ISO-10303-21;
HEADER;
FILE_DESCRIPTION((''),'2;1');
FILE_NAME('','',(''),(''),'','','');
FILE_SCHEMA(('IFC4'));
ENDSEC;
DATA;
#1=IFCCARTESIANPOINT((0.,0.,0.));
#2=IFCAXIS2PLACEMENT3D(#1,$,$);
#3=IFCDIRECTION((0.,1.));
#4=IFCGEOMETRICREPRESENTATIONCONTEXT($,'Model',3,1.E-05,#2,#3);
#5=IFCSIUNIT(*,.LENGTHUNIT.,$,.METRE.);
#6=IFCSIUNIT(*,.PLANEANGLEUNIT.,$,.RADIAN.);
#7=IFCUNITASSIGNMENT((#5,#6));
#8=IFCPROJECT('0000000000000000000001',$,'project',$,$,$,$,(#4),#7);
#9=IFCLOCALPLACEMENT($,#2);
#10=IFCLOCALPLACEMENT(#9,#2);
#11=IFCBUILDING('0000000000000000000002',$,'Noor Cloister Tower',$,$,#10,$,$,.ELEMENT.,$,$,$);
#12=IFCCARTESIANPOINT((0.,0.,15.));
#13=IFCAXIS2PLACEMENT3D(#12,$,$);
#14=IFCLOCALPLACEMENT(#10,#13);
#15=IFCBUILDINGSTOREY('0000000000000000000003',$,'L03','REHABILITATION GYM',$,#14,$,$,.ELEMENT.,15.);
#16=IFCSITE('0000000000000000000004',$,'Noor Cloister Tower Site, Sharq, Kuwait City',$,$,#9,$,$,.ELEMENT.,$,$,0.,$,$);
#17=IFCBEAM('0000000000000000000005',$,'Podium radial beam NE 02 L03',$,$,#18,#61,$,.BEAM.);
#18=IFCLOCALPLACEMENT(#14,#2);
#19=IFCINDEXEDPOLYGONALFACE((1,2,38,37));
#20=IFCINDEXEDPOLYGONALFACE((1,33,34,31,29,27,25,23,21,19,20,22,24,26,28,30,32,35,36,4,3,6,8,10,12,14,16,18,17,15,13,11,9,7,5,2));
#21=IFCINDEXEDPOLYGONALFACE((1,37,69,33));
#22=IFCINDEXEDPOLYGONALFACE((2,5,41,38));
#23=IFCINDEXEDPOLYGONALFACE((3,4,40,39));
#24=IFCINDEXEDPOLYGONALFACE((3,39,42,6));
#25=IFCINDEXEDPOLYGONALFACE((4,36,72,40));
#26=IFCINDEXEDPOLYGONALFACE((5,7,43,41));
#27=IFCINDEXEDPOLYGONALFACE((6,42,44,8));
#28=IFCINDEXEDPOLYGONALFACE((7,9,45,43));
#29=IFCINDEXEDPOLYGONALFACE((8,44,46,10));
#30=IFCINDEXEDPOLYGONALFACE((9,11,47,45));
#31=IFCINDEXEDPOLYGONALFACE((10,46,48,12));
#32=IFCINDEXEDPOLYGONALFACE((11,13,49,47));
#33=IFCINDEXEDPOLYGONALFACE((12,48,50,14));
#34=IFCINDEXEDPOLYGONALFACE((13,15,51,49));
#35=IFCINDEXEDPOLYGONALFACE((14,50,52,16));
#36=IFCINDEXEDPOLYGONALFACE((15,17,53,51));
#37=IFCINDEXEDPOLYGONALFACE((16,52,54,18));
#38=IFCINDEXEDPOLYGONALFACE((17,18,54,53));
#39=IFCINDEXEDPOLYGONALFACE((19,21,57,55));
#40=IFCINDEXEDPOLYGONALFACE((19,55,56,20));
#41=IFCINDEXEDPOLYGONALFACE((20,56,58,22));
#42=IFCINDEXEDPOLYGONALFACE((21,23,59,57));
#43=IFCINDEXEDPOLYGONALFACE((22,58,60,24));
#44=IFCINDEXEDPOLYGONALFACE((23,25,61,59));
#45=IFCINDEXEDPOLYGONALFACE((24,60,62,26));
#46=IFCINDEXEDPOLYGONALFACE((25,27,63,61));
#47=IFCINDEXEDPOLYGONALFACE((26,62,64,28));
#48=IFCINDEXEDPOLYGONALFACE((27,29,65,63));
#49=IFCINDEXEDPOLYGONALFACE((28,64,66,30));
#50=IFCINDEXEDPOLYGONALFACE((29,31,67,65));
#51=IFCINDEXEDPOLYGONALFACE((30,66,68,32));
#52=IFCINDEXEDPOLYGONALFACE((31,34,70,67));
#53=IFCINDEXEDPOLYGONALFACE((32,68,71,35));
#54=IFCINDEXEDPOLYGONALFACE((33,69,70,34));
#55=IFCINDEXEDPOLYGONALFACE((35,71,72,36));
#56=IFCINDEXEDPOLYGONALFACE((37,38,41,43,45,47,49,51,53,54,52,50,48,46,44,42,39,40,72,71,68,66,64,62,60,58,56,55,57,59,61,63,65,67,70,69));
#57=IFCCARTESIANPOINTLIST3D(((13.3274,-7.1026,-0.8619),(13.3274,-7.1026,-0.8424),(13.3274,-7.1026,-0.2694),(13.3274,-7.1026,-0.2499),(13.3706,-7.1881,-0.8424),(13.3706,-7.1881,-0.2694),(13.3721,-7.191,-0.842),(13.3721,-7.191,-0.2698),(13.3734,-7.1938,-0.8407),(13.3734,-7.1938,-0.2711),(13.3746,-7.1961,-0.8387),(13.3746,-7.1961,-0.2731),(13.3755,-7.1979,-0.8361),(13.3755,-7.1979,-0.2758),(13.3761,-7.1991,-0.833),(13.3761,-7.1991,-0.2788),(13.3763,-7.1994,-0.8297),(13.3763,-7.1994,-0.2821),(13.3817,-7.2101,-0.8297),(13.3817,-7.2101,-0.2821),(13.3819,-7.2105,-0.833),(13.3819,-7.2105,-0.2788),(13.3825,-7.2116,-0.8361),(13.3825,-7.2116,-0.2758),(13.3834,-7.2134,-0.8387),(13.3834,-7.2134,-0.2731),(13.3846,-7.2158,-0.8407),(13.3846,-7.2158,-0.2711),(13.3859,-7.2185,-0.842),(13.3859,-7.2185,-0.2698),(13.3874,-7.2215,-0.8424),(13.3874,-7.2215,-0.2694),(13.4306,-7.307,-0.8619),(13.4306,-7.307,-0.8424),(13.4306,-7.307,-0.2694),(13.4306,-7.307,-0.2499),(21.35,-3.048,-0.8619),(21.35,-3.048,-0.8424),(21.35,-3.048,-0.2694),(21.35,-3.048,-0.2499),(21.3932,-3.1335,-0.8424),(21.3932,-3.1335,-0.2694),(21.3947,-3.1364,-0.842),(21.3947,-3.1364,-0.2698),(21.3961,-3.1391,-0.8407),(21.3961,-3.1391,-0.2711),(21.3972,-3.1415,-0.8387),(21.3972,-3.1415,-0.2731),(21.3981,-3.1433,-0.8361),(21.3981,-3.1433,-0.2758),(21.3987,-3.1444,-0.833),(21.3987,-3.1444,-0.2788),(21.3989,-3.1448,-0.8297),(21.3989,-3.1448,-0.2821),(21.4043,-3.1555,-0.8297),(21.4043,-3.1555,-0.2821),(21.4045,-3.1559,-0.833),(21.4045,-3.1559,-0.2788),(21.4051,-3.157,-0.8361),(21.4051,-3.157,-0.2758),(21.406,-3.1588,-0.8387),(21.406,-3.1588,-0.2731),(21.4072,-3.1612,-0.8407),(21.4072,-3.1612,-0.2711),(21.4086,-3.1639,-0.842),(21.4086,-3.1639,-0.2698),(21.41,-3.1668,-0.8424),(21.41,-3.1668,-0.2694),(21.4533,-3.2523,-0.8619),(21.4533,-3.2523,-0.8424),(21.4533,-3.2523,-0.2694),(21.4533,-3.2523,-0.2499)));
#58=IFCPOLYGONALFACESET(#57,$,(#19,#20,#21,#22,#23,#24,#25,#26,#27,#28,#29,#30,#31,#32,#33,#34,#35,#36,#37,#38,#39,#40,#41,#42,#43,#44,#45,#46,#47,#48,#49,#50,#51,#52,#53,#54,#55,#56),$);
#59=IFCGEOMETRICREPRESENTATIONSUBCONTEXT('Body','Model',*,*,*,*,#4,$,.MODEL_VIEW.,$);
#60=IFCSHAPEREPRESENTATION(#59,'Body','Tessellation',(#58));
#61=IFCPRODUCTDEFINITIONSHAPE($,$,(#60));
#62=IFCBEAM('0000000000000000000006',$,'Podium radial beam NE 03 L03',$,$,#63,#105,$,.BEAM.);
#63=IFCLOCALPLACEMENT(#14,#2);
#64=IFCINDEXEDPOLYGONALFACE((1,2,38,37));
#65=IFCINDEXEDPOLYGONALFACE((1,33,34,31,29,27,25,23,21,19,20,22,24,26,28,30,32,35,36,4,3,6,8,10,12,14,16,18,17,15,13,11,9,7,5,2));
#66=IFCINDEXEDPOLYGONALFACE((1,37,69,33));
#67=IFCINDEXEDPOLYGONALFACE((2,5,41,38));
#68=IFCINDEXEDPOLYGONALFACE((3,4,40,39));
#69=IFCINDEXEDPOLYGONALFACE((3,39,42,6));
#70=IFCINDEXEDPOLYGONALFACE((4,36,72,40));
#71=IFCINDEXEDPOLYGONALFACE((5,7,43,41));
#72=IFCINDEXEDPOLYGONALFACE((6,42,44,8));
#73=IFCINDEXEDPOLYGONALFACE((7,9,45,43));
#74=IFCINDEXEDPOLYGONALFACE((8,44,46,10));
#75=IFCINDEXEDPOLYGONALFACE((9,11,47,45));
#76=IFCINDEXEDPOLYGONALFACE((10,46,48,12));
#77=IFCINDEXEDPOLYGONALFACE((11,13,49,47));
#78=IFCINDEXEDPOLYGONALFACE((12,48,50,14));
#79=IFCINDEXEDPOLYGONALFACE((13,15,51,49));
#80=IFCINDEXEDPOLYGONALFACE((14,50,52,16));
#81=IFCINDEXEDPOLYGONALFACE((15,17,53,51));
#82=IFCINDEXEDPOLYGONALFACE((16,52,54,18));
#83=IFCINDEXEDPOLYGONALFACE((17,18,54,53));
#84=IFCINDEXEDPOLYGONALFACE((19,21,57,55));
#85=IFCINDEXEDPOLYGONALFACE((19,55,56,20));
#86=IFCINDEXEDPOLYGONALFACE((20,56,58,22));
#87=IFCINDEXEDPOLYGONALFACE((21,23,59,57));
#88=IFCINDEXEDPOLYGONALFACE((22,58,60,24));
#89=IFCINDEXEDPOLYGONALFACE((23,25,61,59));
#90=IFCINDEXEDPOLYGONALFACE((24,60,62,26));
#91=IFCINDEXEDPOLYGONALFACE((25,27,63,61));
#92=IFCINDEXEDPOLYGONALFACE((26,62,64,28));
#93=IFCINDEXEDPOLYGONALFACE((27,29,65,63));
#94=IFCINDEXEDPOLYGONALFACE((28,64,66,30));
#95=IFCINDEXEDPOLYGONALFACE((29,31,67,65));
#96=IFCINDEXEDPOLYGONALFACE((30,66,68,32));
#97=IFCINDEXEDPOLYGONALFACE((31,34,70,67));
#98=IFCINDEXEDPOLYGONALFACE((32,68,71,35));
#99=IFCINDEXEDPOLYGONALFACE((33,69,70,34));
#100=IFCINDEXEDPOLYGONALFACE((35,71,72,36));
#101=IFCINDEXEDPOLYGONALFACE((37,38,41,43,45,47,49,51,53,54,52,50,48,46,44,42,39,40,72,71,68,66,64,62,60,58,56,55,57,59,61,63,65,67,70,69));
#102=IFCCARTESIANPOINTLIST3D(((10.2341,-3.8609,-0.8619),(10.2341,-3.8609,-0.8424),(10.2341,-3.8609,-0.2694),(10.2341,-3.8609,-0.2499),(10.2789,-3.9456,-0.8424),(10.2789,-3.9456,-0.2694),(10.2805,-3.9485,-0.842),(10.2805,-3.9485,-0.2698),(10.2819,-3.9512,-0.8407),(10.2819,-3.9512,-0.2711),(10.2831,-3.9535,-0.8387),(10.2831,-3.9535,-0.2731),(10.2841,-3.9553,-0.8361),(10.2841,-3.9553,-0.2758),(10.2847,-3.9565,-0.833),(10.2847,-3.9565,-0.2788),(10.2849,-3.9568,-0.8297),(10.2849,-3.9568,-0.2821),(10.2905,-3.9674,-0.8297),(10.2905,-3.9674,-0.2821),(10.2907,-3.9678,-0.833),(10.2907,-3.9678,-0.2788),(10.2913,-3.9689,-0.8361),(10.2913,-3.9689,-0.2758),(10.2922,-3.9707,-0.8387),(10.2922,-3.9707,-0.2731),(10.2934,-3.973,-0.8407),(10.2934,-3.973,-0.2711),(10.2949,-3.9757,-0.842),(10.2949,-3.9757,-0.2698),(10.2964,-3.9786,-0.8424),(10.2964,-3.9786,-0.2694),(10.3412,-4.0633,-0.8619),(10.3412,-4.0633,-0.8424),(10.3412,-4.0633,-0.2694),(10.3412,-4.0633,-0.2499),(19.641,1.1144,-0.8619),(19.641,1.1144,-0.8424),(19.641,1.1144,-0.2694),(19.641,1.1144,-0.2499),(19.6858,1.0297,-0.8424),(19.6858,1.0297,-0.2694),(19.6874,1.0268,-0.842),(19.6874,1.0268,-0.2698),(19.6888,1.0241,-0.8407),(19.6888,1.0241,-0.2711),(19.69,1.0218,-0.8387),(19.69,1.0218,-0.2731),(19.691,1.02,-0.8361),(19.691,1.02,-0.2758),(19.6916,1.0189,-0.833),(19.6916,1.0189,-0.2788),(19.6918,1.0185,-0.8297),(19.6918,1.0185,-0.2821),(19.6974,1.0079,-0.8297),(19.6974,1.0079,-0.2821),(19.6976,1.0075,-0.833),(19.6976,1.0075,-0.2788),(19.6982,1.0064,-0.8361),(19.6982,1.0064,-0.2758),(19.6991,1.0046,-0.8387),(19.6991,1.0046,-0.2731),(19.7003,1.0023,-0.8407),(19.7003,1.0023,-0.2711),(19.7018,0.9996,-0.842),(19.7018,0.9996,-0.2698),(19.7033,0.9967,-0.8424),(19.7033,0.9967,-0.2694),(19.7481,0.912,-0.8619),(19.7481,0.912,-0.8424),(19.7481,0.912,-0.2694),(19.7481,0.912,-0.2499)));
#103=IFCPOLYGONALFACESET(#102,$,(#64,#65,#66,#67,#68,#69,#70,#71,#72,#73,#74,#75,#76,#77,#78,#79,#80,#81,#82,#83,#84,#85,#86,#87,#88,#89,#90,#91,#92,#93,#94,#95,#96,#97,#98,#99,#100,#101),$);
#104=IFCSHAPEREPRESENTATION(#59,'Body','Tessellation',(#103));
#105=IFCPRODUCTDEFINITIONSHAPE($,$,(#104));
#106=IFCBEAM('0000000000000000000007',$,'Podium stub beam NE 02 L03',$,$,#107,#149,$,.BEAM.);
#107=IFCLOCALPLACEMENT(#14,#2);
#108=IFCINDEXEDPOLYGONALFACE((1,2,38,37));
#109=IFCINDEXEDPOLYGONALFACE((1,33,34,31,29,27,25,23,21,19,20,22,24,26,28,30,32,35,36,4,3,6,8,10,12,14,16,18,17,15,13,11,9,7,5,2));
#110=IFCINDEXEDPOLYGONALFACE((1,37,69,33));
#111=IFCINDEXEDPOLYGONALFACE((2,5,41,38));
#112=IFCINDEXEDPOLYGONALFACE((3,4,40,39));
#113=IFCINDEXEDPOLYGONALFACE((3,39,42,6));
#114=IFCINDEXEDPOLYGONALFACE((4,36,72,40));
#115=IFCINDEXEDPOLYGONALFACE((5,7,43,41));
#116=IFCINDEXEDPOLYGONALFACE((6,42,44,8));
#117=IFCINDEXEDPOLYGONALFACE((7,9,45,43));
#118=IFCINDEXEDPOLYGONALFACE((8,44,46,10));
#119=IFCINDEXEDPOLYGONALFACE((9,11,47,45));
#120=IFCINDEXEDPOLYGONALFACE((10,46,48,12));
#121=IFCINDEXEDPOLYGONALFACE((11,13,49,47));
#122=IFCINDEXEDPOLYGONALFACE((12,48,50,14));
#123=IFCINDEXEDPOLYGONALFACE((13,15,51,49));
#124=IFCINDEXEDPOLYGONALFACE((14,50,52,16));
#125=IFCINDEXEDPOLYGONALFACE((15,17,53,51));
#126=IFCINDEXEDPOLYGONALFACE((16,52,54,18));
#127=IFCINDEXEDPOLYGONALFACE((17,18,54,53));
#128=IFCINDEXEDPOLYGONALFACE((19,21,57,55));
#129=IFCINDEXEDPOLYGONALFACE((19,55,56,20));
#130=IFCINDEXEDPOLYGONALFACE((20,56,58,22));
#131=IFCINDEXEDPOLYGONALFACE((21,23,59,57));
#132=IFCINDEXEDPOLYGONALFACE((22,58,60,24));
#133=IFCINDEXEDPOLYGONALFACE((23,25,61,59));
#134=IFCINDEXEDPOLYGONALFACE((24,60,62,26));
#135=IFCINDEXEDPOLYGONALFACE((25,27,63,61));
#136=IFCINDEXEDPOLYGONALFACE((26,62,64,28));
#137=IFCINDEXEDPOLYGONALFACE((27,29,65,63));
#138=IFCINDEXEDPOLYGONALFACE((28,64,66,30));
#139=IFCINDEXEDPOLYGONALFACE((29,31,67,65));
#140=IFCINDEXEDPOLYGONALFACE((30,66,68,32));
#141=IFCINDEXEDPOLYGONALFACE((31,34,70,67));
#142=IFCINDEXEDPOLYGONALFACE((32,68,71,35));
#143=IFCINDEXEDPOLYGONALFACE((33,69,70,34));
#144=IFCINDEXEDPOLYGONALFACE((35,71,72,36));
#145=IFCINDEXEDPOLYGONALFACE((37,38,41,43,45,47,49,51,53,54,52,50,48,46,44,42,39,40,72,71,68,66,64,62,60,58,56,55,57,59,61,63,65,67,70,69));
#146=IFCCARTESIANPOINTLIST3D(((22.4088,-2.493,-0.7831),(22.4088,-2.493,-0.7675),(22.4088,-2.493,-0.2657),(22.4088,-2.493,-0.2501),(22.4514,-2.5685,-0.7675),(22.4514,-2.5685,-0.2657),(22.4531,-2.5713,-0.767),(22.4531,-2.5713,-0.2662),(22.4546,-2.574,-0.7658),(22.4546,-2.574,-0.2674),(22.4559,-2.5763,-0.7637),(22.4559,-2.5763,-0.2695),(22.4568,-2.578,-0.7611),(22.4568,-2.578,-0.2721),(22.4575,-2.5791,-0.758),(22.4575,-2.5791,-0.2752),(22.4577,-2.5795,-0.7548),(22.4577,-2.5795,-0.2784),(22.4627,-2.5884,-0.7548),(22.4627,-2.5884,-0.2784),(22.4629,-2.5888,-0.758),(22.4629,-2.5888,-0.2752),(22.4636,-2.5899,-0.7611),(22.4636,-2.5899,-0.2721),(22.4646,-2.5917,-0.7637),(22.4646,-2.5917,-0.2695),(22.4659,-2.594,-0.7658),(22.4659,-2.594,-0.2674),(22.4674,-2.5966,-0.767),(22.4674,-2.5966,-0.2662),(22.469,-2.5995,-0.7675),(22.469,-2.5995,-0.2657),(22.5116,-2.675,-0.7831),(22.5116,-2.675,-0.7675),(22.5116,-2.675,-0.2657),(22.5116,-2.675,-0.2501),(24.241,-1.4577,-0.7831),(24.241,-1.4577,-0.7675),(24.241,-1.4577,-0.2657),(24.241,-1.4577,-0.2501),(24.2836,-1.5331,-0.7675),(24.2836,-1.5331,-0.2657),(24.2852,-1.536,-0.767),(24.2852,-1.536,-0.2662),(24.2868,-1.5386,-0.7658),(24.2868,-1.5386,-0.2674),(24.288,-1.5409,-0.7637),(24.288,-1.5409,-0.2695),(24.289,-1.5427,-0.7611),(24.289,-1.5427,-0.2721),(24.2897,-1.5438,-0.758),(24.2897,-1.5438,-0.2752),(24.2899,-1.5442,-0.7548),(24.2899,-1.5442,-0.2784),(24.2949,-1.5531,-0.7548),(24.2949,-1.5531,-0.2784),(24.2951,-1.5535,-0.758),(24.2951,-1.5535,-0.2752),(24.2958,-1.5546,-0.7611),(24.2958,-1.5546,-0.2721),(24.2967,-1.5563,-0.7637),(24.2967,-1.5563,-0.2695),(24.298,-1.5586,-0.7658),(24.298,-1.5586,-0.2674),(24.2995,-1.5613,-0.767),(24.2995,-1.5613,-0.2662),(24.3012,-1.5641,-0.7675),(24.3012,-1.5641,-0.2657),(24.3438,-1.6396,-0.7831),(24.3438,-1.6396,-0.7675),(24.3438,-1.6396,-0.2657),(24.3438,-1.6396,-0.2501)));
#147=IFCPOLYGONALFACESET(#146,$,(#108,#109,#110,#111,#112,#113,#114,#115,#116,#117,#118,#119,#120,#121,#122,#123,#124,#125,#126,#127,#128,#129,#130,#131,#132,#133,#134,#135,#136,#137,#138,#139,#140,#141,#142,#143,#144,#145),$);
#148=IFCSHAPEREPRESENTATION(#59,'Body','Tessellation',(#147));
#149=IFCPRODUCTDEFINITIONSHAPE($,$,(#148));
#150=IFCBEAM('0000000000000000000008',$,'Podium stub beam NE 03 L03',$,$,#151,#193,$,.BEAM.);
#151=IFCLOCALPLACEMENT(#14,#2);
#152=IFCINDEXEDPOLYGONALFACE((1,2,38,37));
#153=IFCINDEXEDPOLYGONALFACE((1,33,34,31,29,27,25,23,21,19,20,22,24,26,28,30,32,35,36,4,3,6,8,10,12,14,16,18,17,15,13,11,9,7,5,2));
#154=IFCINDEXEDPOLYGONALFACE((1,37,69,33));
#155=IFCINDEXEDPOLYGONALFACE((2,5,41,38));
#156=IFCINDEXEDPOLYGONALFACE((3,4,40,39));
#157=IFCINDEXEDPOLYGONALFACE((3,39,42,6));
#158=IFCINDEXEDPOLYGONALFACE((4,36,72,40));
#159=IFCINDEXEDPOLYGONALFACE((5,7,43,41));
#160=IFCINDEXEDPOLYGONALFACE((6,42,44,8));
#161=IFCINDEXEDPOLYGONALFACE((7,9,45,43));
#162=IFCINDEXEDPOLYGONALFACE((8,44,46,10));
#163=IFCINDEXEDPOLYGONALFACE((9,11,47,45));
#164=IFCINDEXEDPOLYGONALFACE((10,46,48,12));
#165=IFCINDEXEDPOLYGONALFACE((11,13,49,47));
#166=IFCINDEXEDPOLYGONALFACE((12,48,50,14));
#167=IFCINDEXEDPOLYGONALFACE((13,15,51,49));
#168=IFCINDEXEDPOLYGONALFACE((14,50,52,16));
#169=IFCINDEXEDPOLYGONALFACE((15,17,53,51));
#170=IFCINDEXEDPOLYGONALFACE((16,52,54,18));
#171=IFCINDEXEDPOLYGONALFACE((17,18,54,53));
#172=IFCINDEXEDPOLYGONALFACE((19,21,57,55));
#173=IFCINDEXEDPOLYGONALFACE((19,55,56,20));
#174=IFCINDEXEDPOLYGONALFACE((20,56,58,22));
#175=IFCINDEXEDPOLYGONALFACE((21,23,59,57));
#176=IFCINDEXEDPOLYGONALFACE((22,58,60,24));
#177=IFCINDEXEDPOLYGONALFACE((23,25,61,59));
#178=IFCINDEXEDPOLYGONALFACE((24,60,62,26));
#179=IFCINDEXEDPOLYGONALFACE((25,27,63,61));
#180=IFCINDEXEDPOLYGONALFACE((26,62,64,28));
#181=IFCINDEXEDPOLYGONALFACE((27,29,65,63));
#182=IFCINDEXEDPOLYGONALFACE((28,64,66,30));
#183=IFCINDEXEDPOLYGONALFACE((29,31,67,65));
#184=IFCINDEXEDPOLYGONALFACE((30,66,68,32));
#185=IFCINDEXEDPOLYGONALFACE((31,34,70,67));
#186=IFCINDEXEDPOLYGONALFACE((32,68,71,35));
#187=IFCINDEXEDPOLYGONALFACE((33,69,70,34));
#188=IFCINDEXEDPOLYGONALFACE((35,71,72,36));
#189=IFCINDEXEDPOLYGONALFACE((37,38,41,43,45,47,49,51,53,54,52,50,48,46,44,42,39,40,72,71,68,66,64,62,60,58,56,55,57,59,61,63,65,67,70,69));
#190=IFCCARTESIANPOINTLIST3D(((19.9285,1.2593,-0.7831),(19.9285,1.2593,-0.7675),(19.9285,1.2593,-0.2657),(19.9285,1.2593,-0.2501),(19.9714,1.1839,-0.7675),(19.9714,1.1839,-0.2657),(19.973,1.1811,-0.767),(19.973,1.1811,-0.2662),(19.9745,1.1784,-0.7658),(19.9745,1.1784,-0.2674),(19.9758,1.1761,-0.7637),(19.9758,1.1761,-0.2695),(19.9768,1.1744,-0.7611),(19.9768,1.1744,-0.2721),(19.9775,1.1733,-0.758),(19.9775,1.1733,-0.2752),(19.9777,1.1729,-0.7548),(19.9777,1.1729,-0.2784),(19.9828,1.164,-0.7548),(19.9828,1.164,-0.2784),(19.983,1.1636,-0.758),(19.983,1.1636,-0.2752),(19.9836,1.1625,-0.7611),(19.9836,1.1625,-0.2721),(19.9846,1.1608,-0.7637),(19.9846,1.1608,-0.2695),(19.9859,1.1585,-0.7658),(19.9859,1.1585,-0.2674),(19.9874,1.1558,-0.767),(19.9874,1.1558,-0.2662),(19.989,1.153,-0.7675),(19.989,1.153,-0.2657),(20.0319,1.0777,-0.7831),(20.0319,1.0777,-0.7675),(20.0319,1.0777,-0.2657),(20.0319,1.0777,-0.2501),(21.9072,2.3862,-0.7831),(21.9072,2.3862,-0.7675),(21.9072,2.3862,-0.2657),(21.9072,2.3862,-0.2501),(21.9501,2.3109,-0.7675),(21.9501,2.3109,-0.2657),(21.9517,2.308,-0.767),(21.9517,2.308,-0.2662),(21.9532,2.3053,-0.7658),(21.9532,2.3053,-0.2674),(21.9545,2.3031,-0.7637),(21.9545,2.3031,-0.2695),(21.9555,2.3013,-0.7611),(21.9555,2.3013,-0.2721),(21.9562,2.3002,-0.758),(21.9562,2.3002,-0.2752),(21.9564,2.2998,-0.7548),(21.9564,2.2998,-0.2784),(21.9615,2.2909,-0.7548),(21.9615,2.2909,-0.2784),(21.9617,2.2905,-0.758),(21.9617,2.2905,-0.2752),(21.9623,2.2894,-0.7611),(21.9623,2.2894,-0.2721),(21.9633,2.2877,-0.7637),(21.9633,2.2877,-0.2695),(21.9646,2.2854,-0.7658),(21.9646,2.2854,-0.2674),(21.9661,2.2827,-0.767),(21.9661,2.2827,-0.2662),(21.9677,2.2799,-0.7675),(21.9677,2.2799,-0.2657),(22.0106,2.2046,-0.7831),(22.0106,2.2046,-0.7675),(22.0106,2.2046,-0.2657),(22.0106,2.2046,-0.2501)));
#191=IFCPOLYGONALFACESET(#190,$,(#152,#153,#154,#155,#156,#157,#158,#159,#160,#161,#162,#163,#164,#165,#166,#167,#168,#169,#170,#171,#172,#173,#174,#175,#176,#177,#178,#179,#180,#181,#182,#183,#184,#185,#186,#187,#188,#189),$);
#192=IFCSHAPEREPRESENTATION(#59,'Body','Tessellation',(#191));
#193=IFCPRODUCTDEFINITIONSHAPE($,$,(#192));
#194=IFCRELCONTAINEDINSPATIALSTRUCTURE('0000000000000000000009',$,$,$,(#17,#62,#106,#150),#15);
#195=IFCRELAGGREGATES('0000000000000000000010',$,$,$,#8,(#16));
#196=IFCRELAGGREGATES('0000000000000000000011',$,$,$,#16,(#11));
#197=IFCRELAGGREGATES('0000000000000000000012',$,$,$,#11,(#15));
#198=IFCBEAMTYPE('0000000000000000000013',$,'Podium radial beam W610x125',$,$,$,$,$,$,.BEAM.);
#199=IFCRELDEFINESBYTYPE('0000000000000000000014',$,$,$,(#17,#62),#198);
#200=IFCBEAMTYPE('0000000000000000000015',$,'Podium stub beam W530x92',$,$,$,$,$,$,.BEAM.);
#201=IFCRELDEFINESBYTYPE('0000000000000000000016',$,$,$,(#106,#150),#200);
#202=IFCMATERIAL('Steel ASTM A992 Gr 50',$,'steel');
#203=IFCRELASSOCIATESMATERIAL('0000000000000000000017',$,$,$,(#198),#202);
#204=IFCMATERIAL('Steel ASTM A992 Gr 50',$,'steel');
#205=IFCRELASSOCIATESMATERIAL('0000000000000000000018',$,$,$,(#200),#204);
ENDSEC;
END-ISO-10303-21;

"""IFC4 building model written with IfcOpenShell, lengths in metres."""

from ifc_helpers import new_model, si_unit, direction, frame, origin, origin_2d, place, context, subcontext, project, spatial, i_section, extrude, material, material_profile, profile_set, type_object, element, save


model = new_model("IFC4")

# Units and contexts
model_context = context("Model", 3, precision=1e-05, world=origin(), true_north=direction((0.0, 1.0)))
body_context = subcontext(model_context, "Body", "Model", "MODEL_VIEW")
ifc_project = project(units=[si_unit("LENGTHUNIT", "METRE"), si_unit("PLANEANGLEUNIT", "RADIAN")], contexts=[model_context])

# Site, building, storey
site_placement = place(None, origin())
site = spatial("IfcSite", under=ifc_project, at=site_placement, Name="Noor Cloister Tower Site, Sharq, Kuwait City", CompositionType="ELEMENT", RefElevation=0.0)
building_placement = place(site_placement, origin())
building = spatial("IfcBuilding", under=site, at=building_placement, Name="Noor Cloister Tower", CompositionType="ELEMENT")
storey_placement = place(building_placement, frame((0.0, 0.0, 15.0)))
storey = spatial("IfcBuildingStorey", under=building, at=storey_placement, Name="L03", Description="REHABILITATION GYM", CompositionType="ELEMENT", Elevation=15.0)

# Beams
ifc_material_1 = material(Name="Steel ASTM A992 Gr 50", Category="steel")
ifc_material_profile_1 = material_profile(ifc_material_1, i_section(OverallWidth=0.229, OverallDepth=0.6121, WebThickness=0.012, FlangeThickness=0.0195, FilletRadius=0.0127, at=origin_2d()), Name="W610x125")
ifc_profile_set_1 = profile_set([ifc_material_profile_1], Name="Steel ASTM A992 Gr 50")
beam_type_1 = type_object("IfcBeamType", Name="Podium radial beam W610x125", PredefinedType="BEAM", material=ifc_profile_set_1)
beam_1_placement = place(storey_placement, frame((21.4016, -3.1501, -0.5559), z_axis=(-0.892491, -0.451066, 0.0), x_axis=(0.451066, -0.892491, 0.0)))
element("IfcBeam", 1, at=beam_1_placement, inside=storey, type_object=beam_type_1, Name="Podium radial beam NE 02 L03", PredefinedType="BEAM", context=body_context, shape_type="SweptSolid", body=[
    extrude(i_section(OverallWidth=0.229, OverallDepth=0.6121, WebThickness=0.012, FlangeThickness=0.0195, FilletRadius=0.0127, at=origin_2d()), origin(), (0.0, 0.0, 1.0), 8.989),
])
beam_2_placement = place(storey_placement, frame((19.6946, 1.0132, -0.5559), z_axis=(-0.883975, -0.467534, 0.0), x_axis=(0.467534, -0.883975, 0.0)))
element("IfcBeam", 2, at=beam_2_placement, inside=storey, type_object=beam_type_1, Name="Podium radial beam NE 03 L03", PredefinedType="BEAM", context=body_context, shape_type="SweptSolid", body=[
    extrude(i_section(OverallWidth=0.229, OverallDepth=0.6121, WebThickness=0.012, FlangeThickness=0.0195, FilletRadius=0.0127, at=origin_2d()), origin(), (0.0, 0.0, 1.0), 10.6416),
])
ifc_material_2 = material(Name="Steel ASTM A992 Gr 50", Category="steel")
ifc_material_profile_2 = material_profile(ifc_material_2, i_section(OverallWidth=0.209, OverallDepth=0.533, WebThickness=0.0103, FlangeThickness=0.0156, FilletRadius=0.0127, at=origin_2d()), Name="W530x92")
ifc_profile_set_2 = profile_set([ifc_material_profile_2], Name="Steel ASTM A992 Gr 50")
beam_type_2 = type_object("IfcBeamType", Name="Podium stub beam W530x92", PredefinedType="BEAM", material=ifc_profile_set_2)
beam_3_placement = place(storey_placement, frame((22.4602, -2.584, -0.5166), z_axis=(0.87061, 0.491973, 0.0), x_axis=(-0.491973, 0.87061, 0.0)))
element("IfcBeam", 3, at=beam_3_placement, inside=storey, type_object=beam_type_2, Name="Podium stub beam NE 02 L03", PredefinedType="BEAM", context=body_context, shape_type="SweptSolid", body=[
    extrude(i_section(OverallWidth=0.209, OverallDepth=0.533, WebThickness=0.0103, FlangeThickness=0.0156, FilletRadius=0.0127, at=origin_2d()), origin(), (0.0, 0.0, 1.0), 2.1045),
])
beam_4_placement = place(storey_placement, frame((19.9802, 1.1685, -0.5166), z_axis=(0.868955, 0.494891, 0.0), x_axis=(-0.494891, 0.868955, 0.0)))
element("IfcBeam", 4, at=beam_4_placement, inside=storey, type_object=beam_type_2, Name="Podium stub beam NE 03 L03", PredefinedType="BEAM", context=body_context, shape_type="SweptSolid", body=[
    extrude(i_section(OverallWidth=0.209, OverallDepth=0.533, WebThickness=0.0103, FlangeThickness=0.0156, FilletRadius=0.0127, at=origin_2d()), origin(), (0.0, 0.0, 1.0), 2.2771),
])

save(model, "model.ifc")
